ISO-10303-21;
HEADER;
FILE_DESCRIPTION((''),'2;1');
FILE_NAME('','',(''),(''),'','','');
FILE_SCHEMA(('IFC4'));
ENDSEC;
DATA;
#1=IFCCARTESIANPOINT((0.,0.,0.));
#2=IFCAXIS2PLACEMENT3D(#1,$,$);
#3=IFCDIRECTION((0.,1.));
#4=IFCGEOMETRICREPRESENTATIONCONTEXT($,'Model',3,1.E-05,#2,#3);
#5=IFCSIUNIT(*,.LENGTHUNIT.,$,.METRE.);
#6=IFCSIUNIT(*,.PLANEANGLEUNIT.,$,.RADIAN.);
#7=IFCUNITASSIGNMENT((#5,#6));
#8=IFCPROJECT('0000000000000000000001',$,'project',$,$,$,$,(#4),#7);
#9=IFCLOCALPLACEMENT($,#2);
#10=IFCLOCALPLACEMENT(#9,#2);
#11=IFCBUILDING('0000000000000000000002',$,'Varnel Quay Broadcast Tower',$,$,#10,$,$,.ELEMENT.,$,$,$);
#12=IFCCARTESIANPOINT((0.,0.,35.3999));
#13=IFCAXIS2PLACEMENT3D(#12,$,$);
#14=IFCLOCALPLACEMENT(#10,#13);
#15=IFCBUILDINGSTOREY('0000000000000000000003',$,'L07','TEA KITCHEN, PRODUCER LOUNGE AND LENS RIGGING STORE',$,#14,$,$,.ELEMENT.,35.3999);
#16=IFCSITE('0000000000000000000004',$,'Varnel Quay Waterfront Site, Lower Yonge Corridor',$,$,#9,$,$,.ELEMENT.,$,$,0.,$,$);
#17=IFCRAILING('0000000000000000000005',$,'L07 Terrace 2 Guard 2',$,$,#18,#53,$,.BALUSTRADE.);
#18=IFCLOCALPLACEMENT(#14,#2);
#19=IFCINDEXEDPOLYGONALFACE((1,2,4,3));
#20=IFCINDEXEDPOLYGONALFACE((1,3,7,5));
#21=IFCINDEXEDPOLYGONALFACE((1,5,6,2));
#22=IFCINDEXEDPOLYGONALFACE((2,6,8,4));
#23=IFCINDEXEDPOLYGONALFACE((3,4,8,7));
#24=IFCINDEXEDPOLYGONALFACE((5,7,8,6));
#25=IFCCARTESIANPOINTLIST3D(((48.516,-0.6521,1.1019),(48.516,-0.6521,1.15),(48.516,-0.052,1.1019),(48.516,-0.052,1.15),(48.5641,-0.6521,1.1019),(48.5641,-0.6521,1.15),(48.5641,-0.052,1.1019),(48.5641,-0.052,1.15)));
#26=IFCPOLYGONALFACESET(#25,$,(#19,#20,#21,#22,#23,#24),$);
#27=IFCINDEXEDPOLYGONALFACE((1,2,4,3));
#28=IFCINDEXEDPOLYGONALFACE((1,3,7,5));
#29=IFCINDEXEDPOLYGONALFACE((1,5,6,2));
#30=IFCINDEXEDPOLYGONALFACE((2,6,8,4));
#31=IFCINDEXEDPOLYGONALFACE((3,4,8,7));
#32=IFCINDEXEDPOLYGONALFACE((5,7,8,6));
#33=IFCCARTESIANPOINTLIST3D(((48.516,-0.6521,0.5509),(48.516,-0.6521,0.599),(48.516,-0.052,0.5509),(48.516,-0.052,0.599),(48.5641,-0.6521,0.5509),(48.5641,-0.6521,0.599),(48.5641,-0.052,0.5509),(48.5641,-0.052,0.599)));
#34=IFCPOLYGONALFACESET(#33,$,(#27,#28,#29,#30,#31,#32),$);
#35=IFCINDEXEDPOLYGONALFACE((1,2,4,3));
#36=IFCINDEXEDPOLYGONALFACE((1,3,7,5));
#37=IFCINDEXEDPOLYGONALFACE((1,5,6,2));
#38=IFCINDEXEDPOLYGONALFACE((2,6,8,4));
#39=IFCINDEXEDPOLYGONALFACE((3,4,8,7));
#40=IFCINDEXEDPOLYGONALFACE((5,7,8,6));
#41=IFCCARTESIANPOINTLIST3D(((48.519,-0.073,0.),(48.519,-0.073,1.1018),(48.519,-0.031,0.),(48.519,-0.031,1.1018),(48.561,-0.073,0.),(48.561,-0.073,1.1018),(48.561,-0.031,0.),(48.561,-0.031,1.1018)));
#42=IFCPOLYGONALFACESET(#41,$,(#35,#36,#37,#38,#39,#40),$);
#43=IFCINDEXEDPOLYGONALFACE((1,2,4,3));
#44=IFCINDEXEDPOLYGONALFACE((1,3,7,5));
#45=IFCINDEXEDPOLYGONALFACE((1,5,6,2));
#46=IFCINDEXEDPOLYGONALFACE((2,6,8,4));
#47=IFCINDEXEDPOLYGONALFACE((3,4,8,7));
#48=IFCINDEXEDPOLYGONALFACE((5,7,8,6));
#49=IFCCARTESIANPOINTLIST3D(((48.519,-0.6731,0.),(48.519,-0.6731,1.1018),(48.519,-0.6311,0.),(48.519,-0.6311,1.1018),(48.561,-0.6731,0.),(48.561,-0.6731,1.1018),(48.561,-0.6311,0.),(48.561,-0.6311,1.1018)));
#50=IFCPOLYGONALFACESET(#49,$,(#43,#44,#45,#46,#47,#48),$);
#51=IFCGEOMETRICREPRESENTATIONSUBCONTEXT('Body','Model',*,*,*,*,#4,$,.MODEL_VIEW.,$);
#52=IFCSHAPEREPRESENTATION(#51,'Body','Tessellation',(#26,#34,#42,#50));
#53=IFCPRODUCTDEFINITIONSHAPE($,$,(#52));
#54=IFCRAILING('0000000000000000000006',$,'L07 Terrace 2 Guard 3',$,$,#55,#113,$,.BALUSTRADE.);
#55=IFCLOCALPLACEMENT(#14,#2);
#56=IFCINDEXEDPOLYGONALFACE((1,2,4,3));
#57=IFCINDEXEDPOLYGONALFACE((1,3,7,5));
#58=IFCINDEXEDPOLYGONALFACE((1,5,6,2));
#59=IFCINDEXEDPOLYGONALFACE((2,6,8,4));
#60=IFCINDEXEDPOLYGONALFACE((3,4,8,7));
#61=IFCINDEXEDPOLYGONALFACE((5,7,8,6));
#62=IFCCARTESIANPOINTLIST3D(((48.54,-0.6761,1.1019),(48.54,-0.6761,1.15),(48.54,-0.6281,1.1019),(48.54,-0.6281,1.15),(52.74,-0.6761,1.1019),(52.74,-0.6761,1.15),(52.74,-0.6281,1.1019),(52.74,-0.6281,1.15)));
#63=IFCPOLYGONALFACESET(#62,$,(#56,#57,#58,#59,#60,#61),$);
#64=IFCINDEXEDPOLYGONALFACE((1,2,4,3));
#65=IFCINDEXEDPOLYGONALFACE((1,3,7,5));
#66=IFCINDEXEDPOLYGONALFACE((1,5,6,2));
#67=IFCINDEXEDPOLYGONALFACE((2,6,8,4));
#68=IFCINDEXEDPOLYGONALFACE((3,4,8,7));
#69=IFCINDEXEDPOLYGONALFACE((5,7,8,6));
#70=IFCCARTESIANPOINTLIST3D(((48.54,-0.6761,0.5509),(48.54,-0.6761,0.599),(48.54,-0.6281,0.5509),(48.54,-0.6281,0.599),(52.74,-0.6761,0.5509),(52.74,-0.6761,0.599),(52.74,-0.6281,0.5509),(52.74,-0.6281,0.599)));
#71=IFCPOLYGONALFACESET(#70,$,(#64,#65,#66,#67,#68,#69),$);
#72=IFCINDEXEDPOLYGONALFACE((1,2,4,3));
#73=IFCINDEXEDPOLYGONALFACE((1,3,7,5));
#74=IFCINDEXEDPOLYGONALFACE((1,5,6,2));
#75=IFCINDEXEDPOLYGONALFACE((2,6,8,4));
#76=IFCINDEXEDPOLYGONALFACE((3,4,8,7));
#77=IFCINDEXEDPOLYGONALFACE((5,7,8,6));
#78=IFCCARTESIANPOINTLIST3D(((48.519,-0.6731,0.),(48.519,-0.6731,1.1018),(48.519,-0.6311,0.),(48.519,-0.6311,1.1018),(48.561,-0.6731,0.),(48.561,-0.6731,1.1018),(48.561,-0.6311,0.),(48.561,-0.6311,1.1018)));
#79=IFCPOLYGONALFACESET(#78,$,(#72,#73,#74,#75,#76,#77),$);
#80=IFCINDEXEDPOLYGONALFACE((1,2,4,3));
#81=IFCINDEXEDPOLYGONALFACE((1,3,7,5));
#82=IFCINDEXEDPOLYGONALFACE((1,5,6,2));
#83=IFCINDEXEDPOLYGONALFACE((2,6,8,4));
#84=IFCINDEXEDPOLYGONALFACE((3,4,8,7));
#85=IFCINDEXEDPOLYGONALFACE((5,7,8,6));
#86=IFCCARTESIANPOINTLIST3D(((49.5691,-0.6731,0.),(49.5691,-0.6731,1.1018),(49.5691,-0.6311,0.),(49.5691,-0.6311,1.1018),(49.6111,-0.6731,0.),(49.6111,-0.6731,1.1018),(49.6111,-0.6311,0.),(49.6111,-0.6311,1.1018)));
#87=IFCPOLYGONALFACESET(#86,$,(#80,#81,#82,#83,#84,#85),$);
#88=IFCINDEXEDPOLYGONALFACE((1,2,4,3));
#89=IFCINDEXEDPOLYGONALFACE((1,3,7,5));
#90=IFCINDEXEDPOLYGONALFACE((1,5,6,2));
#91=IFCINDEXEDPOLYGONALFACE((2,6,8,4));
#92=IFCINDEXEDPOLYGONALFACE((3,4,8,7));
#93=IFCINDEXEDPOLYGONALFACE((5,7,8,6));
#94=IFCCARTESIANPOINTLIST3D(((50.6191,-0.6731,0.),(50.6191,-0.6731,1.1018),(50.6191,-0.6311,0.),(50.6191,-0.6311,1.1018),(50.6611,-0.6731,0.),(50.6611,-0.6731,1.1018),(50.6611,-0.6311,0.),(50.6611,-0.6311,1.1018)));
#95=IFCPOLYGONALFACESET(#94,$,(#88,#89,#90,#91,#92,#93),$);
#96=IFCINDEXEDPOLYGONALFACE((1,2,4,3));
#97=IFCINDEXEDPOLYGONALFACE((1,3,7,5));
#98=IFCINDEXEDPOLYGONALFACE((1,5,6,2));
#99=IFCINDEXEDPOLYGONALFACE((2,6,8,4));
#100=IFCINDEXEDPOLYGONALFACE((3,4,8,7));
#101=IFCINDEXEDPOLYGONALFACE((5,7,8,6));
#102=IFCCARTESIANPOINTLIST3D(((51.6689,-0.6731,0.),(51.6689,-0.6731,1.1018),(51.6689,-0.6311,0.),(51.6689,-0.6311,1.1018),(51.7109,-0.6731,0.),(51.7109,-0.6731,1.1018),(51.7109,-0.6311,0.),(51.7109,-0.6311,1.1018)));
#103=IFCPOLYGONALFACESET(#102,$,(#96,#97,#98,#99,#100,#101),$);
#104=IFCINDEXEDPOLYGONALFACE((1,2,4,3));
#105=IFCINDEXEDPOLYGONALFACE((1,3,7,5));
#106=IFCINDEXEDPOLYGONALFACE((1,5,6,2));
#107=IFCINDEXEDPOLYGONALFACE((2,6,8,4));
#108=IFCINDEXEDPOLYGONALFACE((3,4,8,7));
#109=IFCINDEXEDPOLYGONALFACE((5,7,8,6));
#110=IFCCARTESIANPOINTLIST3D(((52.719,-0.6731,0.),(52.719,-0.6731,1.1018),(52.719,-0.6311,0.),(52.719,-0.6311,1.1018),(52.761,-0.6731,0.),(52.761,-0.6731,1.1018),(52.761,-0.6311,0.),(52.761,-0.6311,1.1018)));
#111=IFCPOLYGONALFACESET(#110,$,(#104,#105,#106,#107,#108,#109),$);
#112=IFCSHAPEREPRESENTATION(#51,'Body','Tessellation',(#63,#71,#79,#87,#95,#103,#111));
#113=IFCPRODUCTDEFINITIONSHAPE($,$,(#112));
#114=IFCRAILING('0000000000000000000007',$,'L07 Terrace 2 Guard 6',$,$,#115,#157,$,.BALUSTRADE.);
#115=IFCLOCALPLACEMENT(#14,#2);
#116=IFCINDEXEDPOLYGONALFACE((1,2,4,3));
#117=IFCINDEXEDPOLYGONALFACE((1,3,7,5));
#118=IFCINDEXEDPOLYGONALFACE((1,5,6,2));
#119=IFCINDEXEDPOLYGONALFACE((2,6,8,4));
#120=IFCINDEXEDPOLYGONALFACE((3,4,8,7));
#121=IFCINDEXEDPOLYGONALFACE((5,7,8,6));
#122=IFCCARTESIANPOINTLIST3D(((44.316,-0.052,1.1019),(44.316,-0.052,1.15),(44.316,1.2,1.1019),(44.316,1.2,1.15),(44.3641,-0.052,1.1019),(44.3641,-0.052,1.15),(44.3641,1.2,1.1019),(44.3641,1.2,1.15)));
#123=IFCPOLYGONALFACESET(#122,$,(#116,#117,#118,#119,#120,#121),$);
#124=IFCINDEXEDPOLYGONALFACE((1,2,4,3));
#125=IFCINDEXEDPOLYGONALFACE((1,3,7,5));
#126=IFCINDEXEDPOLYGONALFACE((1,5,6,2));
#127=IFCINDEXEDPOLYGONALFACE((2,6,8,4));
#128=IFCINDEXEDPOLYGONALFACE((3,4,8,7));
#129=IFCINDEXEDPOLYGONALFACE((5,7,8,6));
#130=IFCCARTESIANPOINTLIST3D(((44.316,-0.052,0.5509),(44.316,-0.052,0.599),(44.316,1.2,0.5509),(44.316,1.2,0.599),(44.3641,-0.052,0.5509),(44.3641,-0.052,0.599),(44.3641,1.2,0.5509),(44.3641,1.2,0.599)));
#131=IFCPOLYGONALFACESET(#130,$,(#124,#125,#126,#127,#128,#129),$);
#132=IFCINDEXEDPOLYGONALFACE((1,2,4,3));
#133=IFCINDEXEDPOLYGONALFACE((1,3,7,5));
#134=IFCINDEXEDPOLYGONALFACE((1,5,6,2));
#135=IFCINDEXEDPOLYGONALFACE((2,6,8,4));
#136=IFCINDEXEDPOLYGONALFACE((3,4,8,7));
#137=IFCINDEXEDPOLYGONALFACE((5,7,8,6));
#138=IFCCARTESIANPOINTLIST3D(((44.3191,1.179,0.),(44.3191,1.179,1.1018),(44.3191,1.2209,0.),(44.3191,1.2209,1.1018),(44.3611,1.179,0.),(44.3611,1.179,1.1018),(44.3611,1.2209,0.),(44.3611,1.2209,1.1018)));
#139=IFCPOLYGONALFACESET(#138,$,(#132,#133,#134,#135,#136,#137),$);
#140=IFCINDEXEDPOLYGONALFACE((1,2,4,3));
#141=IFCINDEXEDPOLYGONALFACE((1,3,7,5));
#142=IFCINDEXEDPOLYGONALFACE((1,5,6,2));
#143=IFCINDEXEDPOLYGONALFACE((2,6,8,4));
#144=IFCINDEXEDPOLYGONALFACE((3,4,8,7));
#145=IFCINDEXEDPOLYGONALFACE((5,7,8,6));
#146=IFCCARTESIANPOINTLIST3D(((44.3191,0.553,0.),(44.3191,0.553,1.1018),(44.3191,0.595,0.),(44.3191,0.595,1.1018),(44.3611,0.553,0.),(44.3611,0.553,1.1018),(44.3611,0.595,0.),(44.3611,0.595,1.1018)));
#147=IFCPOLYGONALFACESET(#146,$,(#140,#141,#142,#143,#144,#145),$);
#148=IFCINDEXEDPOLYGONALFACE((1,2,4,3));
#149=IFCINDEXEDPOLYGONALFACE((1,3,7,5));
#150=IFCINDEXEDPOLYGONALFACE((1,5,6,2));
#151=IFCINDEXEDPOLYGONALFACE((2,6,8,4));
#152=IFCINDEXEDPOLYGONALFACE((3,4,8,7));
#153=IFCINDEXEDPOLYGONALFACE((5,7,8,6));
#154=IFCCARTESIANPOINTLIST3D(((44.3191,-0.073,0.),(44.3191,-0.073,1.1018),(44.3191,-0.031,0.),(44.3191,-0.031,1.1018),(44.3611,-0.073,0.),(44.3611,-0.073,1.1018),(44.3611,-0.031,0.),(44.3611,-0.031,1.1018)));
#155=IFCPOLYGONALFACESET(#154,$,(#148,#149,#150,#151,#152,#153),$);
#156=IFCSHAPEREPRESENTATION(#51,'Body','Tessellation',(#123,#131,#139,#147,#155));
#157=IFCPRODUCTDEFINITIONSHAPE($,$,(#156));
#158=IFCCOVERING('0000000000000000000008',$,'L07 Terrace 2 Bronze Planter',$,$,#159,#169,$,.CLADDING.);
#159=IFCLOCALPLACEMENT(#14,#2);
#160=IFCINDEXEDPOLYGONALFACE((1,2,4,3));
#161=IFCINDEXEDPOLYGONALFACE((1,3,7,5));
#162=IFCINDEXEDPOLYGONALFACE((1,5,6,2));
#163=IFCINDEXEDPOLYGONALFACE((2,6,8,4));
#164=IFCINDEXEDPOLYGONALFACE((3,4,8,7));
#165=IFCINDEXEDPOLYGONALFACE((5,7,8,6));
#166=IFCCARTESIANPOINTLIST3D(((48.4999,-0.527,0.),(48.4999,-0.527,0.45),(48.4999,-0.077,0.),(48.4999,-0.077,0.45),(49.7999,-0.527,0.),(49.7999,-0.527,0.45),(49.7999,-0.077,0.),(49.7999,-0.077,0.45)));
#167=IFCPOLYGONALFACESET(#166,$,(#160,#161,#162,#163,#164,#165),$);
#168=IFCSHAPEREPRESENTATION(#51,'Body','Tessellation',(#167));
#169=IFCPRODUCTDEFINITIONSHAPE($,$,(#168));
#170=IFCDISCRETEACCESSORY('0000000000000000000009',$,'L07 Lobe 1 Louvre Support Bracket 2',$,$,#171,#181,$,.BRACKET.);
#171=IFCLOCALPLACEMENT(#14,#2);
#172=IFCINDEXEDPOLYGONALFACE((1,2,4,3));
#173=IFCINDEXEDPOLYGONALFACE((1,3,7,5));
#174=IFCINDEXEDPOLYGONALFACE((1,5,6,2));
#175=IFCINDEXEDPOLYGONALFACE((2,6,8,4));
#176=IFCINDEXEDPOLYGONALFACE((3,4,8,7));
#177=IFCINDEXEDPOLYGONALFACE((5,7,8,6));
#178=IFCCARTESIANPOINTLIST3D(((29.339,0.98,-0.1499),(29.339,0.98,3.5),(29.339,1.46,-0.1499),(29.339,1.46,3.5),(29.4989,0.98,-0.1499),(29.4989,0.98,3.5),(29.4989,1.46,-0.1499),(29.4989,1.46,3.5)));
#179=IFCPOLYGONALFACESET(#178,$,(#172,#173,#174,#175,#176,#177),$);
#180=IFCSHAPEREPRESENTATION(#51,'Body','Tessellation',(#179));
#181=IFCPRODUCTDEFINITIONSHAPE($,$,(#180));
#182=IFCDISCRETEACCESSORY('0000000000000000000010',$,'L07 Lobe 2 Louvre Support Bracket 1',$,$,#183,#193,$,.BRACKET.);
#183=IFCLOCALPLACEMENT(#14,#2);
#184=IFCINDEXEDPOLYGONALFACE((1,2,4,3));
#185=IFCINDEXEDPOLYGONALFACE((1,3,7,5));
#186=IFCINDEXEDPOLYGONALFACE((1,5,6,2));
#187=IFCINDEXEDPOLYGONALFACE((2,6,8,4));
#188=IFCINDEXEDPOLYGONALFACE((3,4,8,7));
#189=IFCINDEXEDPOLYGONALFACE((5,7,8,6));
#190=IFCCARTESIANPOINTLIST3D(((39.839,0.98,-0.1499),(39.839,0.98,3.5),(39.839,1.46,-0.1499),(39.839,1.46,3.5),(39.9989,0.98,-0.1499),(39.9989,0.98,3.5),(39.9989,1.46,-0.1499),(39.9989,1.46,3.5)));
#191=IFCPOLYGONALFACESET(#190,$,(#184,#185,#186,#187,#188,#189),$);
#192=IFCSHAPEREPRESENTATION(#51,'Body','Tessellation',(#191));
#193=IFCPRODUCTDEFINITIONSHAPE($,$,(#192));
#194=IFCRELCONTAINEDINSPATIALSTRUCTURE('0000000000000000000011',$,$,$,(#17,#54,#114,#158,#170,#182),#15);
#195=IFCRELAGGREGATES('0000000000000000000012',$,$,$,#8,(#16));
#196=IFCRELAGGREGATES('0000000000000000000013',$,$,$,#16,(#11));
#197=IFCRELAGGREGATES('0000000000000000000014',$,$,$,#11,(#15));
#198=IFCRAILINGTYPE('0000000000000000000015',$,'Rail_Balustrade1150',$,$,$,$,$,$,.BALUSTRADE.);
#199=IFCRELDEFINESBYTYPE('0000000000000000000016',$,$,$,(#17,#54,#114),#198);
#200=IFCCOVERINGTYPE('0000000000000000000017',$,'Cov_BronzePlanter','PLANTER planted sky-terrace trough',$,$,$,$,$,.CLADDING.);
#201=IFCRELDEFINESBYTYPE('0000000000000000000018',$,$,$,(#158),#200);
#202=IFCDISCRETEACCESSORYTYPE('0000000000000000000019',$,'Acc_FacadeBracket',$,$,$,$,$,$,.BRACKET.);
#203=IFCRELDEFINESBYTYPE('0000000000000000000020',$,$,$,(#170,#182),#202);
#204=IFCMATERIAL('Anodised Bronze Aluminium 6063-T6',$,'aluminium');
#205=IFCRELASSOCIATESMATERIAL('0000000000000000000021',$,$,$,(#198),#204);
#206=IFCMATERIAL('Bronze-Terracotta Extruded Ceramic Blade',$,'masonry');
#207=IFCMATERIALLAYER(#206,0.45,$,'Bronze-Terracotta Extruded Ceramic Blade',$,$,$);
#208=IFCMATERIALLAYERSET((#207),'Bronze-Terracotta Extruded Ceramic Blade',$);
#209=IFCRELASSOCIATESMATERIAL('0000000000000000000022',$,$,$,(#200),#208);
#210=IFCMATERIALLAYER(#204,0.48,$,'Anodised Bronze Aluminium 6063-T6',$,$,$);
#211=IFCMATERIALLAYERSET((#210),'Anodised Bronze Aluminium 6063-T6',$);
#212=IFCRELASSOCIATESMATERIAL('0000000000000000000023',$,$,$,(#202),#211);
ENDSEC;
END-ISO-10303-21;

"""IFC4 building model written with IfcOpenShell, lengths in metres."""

from ifc_helpers import new_model, si_unit, direction, frame, origin, origin_2d, place, context, subcontext, project, spatial, rectangle, extrude, source, transform, mapped, material, layer, layer_set, type_object, type_shapes, element, save


model = new_model("IFC4")

# Units and contexts
model_context = context("Model", 3, precision=1e-05, world=origin(), true_north=direction((0.0, 1.0)))
body_context = subcontext(model_context, "Body", "Model", "MODEL_VIEW")
ifc_project = project(units=[si_unit("LENGTHUNIT", "METRE"), si_unit("PLANEANGLEUNIT", "RADIAN")], contexts=[model_context])

# Site, building, storey
site_placement = place(None, origin())
site = spatial("IfcSite", under=ifc_project, at=site_placement, Name="Varnel Quay Waterfront Site, Lower Yonge Corridor", CompositionType="ELEMENT", RefElevation=0.0)
building_placement = place(site_placement, origin())
building = spatial("IfcBuilding", under=site, at=building_placement, Name="Varnel Quay Broadcast Tower", CompositionType="ELEMENT")
storey_placement = place(building_placement, frame((0.0, 0.0, 35.3999)))
storey = spatial("IfcBuildingStorey", under=building, at=storey_placement, Name="L07", Description="TEA KITCHEN, PRODUCER LOUNGE AND LENS RIGGING STORE", CompositionType="ELEMENT", Elevation=35.3999)

# Shared definitions
ifc_material_1 = material(Name="Anodised Bronze Aluminium 6063-T6", Category="aluminium")

# Railings
railing_type = type_object("IfcRailingType", Name="Rail_Balustrade1150", PredefinedType="BALUSTRADE", material=ifc_material_1)
railing_1_placement = place(storey_placement, frame((48.54, -0.052, 0.0)))
element("IfcRailing", 1, at=railing_1_placement, inside=storey, type_object=railing_type, Name="L07 Terrace 2 Guard 2", PredefinedType="BALUSTRADE", context=body_context, shape_type="SweptSolid", body=[
    extrude(rectangle(XDim=0.0481, YDim=0.0481, at=origin_2d()), frame((0.0, 0.0, 1.126), z_axis=(0.0, -1.0, 0.0), x_axis=(1.0, 0.0, 0.0)), (0.0, 0.0, 1.0), 0.6001),
    extrude(rectangle(XDim=0.0481, YDim=0.0481, at=origin_2d()), frame((0.0, 0.0, 0.575), z_axis=(0.0, -1.0, 0.0), x_axis=(1.0, 0.0, 0.0)), (0.0, 0.0, 1.0), 0.6001),
    extrude(rectangle(XDim=0.042, YDim=0.042, at=origin_2d()), origin(), (0.0, 0.0, 1.0), 1.1018),
    extrude(rectangle(XDim=0.042, YDim=0.042, at=origin_2d()), frame((0.0, -0.6001, 0.0)), (0.0, 0.0, 1.0), 1.1018),
])
railing_2_placement = place(storey_placement, frame((48.54, -0.6521, 0.0)))
element("IfcRailing", 2, at=railing_2_placement, inside=storey, type_object=railing_type, Name="L07 Terrace 2 Guard 3", PredefinedType="BALUSTRADE", context=body_context, shape_type="SweptSolid", body=[
    extrude(rectangle(XDim=0.0481, YDim=0.0481, at=origin_2d()), frame((0.0, 0.0, 1.126), z_axis=(1.0, 0.0, 0.0), x_axis=(0.0, 1.0, 0.0)), (0.0, 0.0, 1.0), 4.2),
    extrude(rectangle(XDim=0.0481, YDim=0.0481, at=origin_2d()), frame((0.0, 0.0, 0.575), z_axis=(1.0, 0.0, 0.0), x_axis=(0.0, 1.0, 0.0)), (0.0, 0.0, 1.0), 4.2),
    extrude(rectangle(XDim=0.042, YDim=0.042, at=origin_2d()), origin(), (0.0, 0.0, 1.0), 1.1018),
    extrude(rectangle(XDim=0.042, YDim=0.042, at=origin_2d()), frame((1.05, 0.0, 0.0)), (0.0, 0.0, 1.0), 1.1018),
    extrude(rectangle(XDim=0.042, YDim=0.042, at=origin_2d()), frame((2.1001, 0.0, 0.0)), (0.0, 0.0, 1.0), 1.1018),
    extrude(rectangle(XDim=0.042, YDim=0.042, at=origin_2d()), frame((3.1499, 0.0, 0.0)), (0.0, 0.0, 1.0), 1.1018),
    extrude(rectangle(XDim=0.042, YDim=0.042, at=origin_2d()), frame((4.2, 0.0, 0.0)), (0.0, 0.0, 1.0), 1.1018),
])
railing_3_placement = place(storey_placement, frame((44.3401, 1.2, 0.0)))
element("IfcRailing", 3, at=railing_3_placement, inside=storey, type_object=railing_type, Name="L07 Terrace 2 Guard 6", PredefinedType="BALUSTRADE", context=body_context, shape_type="SweptSolid", body=[
    extrude(rectangle(XDim=0.0481, YDim=0.0481, at=origin_2d()), frame((0.0, 0.0, 1.126), z_axis=(0.0, -1.0, 0.0), x_axis=(1.0, 0.0, 0.0)), (0.0, 0.0, 1.0), 1.252),
    extrude(rectangle(XDim=0.0481, YDim=0.0481, at=origin_2d()), frame((0.0, 0.0, 0.575), z_axis=(0.0, -1.0, 0.0), x_axis=(1.0, 0.0, 0.0)), (0.0, 0.0, 1.0), 1.252),
    extrude(rectangle(XDim=0.042, YDim=0.042, at=origin_2d()), origin(), (0.0, 0.0, 1.0), 1.1018),
    extrude(rectangle(XDim=0.042, YDim=0.042, at=origin_2d()), frame((0.0, -0.626, 0.0)), (0.0, 0.0, 1.0), 1.1018),
    extrude(rectangle(XDim=0.042, YDim=0.042, at=origin_2d()), frame((0.0, -1.252, 0.0)), (0.0, 0.0, 1.0), 1.1018),
])

# Covering
ifc_material_2 = material(Name="Bronze-Terracotta Extruded Ceramic Blade", Category="masonry")
ifc_layer_1 = layer(ifc_material_2, 0.45, Name="Bronze-Terracotta Extruded Ceramic Blade")
ifc_layer_set_1 = layer_set([ifc_layer_1], Name="Bronze-Terracotta Extruded Ceramic Blade")
covering_type = type_object("IfcCoveringType", Name="Cov_BronzePlanter", Description="PLANTER planted sky-terrace trough", PredefinedType="CLADDING", material=ifc_layer_set_1)
shared_shape_1 = source(origin(), body_context, "Body", "SweptSolid", [
    extrude(rectangle(XDim=1.3, YDim=0.45, at=origin_2d()), origin(), (0.0, 0.0, 1.0), 0.45),
])
type_shapes(covering_type, [shared_shape_1])
covering_placement = place(storey_placement, frame((49.1499, -0.302, 0.0), z_axis=(0.0, 0.0, 1.0), x_axis=(1.0, 0.0, 0.0)))
element("IfcCovering", 4, at=covering_placement, inside=storey, type_object=covering_type, Name="L07 Terrace 2 Bronze Planter", PredefinedType="CLADDING", context=body_context, shape_type="MappedRepresentation", body=[
    mapped(shared_shape_1, transform((0.0, 0.0, 0.0), x_axis=(1.0, 0.0, 0.0), y_axis=(0.0, 1.0, 0.0), z_axis=(0.0, 0.0, 1.0), scale=1.0)),
])

# Discrete accessories
ifc_layer_2 = layer(ifc_material_1, 0.48, Name="Anodised Bronze Aluminium 6063-T6")
ifc_layer_set_2 = layer_set([ifc_layer_2], Name="Anodised Bronze Aluminium 6063-T6")
discrete_accessory_type = type_object("IfcDiscreteAccessoryType", Name="Acc_FacadeBracket", PredefinedType="BRACKET", material=ifc_layer_set_2)
shared_shape_2 = source(origin(), body_context, "Body", "SweptSolid", [
    extrude(rectangle(XDim=0.1599, YDim=0.48, at=origin_2d()), origin(), (0.0, 0.0, 1.0), 3.6499),
])
type_shapes(discrete_accessory_type, [shared_shape_2])
for number, where, z_axis, x_axis, name in (
    (5, (29.4189, 1.22, -0.1499), (0.0, 0.0, 1.0), (1.0, 0.0, 0.0), "L07 Lobe 1 Louvre Support Bracket 2"),
    (6, (39.9189, 1.22, -0.1499), (0.0, 0.0, 1.0), (1.0, 0.0, 0.0), "L07 Lobe 2 Louvre Support Bracket 1"),
):
    element("IfcDiscreteAccessory", number, at=place(storey_placement, frame(where, z_axis=z_axis, x_axis=x_axis)), inside=storey, type_object=discrete_accessory_type, Name=name, PredefinedType="BRACKET", context=body_context, shape_type="MappedRepresentation", body=[
        mapped(shared_shape_2, transform((0.0, 0.0, 0.0), x_axis=(1.0, 0.0, 0.0), y_axis=(0.0, 1.0, 0.0), z_axis=(0.0, 0.0, 1.0), scale=1.0)),
    ])

save(model, "model.ifc")
